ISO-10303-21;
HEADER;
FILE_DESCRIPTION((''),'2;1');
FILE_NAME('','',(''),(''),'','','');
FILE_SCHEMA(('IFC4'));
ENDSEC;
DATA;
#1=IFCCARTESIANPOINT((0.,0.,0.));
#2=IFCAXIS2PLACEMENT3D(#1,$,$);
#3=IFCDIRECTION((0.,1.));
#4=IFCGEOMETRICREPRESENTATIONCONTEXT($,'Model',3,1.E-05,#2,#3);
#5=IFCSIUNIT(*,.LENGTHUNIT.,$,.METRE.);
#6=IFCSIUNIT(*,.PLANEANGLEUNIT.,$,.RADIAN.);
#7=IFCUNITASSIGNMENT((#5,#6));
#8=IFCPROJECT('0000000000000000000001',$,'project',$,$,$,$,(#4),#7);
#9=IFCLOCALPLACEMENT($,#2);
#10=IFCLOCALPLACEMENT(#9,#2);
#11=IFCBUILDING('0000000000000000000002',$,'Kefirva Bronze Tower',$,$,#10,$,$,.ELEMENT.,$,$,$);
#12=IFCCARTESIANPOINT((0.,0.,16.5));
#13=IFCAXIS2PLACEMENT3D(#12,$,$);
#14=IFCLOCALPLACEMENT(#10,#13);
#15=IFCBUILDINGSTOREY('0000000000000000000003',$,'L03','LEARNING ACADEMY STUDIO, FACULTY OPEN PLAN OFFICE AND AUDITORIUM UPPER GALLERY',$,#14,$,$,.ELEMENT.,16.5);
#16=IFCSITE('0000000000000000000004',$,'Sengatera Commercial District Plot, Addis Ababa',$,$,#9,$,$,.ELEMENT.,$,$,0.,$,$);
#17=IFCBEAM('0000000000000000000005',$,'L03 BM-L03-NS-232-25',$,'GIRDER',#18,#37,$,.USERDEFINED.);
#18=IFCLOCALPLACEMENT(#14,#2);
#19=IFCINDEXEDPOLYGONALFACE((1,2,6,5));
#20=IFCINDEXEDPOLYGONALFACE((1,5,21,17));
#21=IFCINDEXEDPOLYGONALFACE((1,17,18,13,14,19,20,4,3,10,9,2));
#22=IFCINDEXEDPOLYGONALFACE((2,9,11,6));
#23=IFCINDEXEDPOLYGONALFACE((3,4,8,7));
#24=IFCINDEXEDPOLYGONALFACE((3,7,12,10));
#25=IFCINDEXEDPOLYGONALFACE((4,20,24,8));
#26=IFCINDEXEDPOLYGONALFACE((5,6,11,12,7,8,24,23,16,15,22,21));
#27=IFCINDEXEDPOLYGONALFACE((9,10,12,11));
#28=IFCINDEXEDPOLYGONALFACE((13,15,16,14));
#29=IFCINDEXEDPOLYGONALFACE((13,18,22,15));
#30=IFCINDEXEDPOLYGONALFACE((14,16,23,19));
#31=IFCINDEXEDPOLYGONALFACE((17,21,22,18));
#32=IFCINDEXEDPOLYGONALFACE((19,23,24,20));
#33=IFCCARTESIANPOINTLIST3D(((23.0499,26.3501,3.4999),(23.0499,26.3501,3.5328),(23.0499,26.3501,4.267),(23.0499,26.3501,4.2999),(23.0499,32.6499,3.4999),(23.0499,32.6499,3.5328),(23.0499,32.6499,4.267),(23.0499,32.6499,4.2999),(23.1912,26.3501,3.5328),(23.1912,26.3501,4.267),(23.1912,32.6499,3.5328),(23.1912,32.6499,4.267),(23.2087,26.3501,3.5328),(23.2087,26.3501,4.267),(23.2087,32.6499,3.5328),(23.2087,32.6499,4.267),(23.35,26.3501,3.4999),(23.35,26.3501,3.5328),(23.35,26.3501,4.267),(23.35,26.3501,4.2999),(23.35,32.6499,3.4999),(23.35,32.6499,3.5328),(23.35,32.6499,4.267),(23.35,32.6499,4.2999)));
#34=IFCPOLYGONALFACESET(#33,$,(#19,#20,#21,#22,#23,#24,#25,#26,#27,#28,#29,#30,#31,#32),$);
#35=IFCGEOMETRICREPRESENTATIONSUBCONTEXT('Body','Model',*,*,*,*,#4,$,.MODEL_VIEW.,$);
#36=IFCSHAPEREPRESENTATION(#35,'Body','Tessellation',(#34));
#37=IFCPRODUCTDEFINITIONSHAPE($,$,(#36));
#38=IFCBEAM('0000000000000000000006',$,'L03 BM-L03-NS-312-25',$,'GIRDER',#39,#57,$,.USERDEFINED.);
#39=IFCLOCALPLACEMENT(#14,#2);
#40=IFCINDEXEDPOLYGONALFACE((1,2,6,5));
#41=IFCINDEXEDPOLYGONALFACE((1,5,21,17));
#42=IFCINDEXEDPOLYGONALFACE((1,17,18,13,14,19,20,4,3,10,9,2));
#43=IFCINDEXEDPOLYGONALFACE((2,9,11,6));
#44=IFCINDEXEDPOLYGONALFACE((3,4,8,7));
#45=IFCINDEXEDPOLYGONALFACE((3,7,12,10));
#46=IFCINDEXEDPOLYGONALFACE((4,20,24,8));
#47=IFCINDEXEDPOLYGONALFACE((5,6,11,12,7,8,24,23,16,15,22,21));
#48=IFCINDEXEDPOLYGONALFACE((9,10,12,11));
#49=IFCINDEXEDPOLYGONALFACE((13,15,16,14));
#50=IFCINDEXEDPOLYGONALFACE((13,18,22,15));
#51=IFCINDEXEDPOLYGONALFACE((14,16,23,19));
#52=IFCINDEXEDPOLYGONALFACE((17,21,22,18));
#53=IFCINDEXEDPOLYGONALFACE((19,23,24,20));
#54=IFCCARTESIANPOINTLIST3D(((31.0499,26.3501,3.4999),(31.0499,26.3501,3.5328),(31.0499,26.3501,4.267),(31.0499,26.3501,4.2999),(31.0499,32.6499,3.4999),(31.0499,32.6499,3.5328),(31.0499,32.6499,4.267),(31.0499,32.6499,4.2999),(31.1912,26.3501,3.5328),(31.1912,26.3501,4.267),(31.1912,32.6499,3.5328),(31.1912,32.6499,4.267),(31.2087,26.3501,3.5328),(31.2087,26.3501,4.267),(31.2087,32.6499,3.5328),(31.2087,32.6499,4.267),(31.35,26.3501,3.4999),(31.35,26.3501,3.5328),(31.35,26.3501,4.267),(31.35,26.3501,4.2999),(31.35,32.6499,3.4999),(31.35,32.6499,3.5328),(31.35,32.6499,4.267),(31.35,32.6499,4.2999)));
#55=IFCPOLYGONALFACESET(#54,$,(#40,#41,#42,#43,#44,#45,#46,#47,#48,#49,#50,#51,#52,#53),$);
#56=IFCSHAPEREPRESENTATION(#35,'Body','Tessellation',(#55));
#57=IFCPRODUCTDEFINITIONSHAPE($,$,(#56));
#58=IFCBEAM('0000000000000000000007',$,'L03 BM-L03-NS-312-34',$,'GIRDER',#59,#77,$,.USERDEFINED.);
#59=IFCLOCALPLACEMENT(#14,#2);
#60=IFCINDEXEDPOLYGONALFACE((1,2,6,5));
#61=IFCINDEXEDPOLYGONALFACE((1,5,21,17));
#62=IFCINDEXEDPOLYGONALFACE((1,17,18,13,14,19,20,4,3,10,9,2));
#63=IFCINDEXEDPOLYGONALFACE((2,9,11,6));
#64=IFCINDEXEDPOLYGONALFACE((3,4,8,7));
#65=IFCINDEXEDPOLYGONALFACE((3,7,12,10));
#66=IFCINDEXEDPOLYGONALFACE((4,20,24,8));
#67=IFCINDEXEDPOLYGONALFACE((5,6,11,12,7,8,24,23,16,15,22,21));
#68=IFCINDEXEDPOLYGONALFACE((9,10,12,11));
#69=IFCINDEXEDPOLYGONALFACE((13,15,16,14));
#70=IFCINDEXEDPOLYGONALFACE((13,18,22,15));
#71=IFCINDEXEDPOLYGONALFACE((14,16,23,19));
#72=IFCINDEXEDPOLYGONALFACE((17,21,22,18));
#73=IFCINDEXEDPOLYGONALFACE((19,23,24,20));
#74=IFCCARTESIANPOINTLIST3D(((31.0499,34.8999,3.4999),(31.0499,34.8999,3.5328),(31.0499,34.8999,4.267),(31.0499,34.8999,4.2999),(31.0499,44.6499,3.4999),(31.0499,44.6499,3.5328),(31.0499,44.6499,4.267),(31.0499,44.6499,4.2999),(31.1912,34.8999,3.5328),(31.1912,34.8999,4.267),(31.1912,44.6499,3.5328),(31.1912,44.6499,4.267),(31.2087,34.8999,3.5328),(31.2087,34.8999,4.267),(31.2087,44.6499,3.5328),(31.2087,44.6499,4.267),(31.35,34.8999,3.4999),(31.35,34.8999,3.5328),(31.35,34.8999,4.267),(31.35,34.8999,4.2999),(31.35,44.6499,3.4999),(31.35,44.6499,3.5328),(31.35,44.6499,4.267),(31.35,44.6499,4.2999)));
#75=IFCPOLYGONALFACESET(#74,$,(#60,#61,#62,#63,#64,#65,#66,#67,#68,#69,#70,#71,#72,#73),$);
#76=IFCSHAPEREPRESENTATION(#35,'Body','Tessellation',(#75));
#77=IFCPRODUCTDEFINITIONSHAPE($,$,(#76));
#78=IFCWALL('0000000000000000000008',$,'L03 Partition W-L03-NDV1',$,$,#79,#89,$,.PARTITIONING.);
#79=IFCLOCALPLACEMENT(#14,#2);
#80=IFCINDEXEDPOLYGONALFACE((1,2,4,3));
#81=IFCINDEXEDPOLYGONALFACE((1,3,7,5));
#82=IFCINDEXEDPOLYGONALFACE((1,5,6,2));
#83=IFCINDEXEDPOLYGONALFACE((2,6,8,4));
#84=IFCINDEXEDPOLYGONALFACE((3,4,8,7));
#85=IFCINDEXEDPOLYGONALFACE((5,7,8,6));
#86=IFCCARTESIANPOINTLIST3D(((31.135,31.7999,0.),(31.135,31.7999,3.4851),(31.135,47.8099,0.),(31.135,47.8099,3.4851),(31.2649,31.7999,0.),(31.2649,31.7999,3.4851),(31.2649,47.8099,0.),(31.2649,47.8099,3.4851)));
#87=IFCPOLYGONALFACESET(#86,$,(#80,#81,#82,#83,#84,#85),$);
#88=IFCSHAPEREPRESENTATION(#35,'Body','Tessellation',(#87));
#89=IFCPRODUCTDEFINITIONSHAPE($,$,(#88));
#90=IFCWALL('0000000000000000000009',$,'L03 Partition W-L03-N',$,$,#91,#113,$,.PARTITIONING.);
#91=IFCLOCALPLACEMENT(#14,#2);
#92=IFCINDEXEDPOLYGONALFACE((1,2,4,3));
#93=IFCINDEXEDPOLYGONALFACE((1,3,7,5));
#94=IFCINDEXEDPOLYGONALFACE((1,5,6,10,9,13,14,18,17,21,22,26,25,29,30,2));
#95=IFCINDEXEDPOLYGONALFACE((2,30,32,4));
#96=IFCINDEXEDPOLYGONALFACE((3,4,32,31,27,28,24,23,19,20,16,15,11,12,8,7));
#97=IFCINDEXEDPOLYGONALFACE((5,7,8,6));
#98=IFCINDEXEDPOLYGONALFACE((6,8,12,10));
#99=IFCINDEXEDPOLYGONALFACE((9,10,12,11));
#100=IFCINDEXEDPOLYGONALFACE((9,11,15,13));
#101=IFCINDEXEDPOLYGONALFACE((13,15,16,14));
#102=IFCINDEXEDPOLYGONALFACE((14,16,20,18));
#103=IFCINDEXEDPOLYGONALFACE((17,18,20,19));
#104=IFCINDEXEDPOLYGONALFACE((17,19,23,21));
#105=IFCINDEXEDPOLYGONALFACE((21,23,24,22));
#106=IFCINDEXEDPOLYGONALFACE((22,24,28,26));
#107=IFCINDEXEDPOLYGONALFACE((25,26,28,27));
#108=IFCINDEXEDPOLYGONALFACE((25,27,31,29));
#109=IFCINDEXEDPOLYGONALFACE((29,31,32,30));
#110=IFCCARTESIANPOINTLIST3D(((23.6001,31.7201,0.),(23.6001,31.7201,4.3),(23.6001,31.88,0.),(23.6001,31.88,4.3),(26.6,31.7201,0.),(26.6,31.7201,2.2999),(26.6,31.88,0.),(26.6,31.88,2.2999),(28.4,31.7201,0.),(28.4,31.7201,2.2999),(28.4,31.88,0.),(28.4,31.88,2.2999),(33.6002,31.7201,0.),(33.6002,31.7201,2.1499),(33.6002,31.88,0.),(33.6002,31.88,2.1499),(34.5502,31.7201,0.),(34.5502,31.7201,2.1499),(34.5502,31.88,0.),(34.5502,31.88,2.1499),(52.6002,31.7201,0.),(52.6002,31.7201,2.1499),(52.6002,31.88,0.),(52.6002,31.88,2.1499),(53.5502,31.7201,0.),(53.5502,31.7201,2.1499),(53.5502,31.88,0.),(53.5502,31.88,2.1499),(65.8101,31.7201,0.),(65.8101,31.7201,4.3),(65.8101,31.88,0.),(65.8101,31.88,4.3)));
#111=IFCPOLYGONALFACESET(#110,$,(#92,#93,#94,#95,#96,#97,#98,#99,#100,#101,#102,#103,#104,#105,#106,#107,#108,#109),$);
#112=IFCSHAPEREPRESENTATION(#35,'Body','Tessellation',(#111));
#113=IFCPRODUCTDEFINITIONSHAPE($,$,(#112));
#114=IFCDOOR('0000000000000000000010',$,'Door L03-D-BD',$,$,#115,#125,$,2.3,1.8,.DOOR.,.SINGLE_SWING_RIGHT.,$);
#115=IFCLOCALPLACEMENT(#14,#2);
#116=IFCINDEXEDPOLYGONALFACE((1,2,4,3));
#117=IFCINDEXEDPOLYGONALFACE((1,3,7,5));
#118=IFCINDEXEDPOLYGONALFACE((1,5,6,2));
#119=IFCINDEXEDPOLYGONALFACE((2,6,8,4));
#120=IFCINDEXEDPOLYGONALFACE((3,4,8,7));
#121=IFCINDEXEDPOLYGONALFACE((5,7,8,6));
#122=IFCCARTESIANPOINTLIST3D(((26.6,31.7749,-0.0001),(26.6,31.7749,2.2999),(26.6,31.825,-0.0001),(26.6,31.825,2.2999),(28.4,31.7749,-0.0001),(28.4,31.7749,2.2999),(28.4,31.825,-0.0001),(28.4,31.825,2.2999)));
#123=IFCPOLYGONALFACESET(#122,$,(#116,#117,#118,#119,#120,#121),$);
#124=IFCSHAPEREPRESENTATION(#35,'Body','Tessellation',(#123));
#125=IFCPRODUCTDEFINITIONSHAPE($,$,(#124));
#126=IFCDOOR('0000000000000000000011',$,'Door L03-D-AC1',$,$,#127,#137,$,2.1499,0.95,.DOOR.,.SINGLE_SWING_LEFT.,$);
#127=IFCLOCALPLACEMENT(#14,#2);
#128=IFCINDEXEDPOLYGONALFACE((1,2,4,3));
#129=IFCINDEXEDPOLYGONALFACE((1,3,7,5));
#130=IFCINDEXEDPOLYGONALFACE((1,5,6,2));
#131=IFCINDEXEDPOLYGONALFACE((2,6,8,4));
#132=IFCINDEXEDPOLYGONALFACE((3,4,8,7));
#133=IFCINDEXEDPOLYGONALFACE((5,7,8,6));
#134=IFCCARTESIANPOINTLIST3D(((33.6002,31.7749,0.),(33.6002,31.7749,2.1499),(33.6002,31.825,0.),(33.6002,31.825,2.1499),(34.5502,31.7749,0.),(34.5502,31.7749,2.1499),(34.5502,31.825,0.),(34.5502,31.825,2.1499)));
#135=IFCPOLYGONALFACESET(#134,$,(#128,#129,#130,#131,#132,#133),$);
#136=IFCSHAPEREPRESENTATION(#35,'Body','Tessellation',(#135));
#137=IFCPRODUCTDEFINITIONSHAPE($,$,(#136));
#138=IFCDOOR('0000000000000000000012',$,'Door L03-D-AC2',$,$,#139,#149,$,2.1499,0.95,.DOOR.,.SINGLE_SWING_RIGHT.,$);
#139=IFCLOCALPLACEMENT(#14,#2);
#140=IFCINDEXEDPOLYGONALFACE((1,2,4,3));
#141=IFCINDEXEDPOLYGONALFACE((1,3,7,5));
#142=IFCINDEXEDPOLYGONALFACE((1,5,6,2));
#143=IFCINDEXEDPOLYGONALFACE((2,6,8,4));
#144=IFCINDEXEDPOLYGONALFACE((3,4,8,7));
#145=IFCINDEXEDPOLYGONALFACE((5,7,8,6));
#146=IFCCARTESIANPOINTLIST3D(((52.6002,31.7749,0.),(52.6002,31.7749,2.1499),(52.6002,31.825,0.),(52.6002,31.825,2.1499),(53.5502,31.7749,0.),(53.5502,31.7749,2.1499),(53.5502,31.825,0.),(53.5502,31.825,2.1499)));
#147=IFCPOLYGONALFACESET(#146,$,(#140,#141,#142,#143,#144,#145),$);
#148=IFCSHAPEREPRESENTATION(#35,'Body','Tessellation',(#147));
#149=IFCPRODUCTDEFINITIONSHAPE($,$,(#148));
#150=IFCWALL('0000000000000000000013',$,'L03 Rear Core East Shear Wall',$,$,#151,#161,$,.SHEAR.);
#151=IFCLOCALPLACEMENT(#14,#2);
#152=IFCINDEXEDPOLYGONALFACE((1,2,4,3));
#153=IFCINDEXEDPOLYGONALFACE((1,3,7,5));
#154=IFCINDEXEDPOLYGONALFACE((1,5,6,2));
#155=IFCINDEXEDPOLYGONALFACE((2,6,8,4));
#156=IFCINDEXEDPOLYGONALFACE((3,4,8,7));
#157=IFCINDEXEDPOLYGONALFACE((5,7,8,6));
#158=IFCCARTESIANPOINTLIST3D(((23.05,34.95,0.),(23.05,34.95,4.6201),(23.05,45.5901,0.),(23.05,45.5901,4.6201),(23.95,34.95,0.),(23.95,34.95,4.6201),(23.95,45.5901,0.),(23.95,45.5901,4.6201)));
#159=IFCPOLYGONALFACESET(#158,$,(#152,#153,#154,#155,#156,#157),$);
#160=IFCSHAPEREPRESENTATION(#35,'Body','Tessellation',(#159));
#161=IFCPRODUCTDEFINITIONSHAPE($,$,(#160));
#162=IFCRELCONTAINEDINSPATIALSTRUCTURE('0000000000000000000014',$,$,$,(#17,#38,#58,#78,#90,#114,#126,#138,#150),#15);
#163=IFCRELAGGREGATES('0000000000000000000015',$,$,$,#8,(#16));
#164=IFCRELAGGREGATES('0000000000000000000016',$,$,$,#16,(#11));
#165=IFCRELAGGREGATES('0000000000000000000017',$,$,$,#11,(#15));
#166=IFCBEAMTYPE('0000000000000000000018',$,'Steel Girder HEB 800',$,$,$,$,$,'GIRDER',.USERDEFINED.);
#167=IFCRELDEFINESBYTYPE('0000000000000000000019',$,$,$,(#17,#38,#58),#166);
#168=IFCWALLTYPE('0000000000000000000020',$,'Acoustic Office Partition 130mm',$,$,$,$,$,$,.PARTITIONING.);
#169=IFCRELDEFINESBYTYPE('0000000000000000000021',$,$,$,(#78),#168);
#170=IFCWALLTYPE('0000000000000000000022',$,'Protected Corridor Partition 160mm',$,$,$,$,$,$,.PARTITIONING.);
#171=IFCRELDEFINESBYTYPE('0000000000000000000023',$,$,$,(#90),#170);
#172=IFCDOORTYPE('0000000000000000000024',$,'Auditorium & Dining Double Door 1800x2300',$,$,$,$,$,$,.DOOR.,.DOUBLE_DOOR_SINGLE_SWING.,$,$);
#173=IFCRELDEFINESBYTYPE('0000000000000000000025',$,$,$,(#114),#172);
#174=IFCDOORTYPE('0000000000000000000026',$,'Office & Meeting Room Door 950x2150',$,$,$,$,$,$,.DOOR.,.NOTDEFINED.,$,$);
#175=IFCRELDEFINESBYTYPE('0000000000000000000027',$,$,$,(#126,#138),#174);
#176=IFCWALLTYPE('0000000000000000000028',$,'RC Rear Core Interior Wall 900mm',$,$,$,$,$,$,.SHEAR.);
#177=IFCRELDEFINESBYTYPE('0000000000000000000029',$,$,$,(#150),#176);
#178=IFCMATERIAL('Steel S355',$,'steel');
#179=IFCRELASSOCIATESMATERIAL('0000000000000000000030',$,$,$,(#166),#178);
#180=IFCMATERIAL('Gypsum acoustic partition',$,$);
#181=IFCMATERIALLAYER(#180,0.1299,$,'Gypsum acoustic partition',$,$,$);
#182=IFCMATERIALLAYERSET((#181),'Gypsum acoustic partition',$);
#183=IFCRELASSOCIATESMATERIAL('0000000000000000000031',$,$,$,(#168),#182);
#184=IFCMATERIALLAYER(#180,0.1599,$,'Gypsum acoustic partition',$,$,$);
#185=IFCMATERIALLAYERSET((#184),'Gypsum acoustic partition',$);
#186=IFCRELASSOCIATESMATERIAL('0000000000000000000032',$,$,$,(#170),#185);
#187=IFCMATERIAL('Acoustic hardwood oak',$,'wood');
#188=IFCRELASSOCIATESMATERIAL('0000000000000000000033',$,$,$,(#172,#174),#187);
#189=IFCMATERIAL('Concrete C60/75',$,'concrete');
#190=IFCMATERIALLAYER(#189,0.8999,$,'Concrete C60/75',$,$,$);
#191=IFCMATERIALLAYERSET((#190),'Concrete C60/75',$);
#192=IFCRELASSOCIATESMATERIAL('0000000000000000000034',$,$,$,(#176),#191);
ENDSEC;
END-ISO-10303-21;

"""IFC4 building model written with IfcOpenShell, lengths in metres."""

from ifc_helpers import new_model, si_unit, direction, frame, frame_2d, origin, origin_2d, place, context, subcontext, project, spatial, rectangle, i_section, extrude, material, layer, layer_set, material_profile, profile_set, type_object, element, fill, save


model = new_model("IFC4")

# Units and contexts
model_context = context("Model", 3, precision=1e-05, world=origin(), true_north=direction((0.0, 1.0)))
body_context = subcontext(model_context, "Body", "Model", "MODEL_VIEW")
ifc_project = project(units=[si_unit("LENGTHUNIT", "METRE"), si_unit("PLANEANGLEUNIT", "RADIAN")], contexts=[model_context])

# Site, building, storey
site_placement = place(None, origin())
site = spatial("IfcSite", under=ifc_project, at=site_placement, Name="Sengatera Commercial District Plot, Addis Ababa", CompositionType="ELEMENT", RefElevation=0.0)
building_placement = place(site_placement, origin())
building = spatial("IfcBuilding", under=site, at=building_placement, Name="Kefirva Bronze Tower", CompositionType="ELEMENT")
storey_placement = place(building_placement, frame((0.0, 0.0, 16.5)))
storey = spatial("IfcBuildingStorey", under=building, at=storey_placement, Name="L03", Description="LEARNING ACADEMY STUDIO, FACULTY OPEN PLAN OFFICE AND AUDITORIUM UPPER GALLERY", CompositionType="ELEMENT", Elevation=16.5)

# Shared definitions
ifc_material_1 = material(Name="Concrete C60/75", Category="concrete")

# Beams
ifc_material_2 = material(Name="Steel S355", Category="steel")
ifc_material_profile_1 = material_profile(ifc_material_2, i_section(OverallWidth=0.3, OverallDepth=0.8, WebThickness=0.0176, FlangeThickness=0.033, at=origin_2d()), Name="HEB 800")
ifc_profile_set_1 = profile_set([ifc_material_profile_1], Name="Steel S355")
beam_type_1 = type_object("IfcBeamType", Name="Steel Girder HEB 800", ElementType="GIRDER", PredefinedType="USERDEFINED", material=ifc_profile_set_1)
for number, where, z_axis, x_axis, name in (
    (1, (23.2, 26.3501, 3.8999), (0.0, 1.0, 0.0), (-1.0, 0.0, 0.0), "L03 BM-L03-NS-232-25"),
    (2, (31.2, 26.3501, 3.8999), (0.0, 1.0, 0.0), (-1.0, 0.0, 0.0), "L03 BM-L03-NS-312-25"),
):
    element("IfcBeam", number, at=place(storey_placement, frame(where, z_axis=z_axis, x_axis=x_axis)), inside=storey, type_object=beam_type_1, Name=name, ObjectType="GIRDER", PredefinedType="USERDEFINED", context=body_context, shape_type="SweptSolid", body=[
        extrude(i_section(OverallWidth=0.3, OverallDepth=0.8, WebThickness=0.0176, FlangeThickness=0.033, at=origin_2d()), origin(), (0.0, 0.0, 1.0), 6.2998),
    ])
beam_1_placement = place(storey_placement, frame((31.2, 34.8999, 3.8999), z_axis=(0.0, 1.0, 0.0), x_axis=(-1.0, 0.0, 0.0)))
element("IfcBeam", 3, at=beam_1_placement, inside=storey, type_object=beam_type_1, Name="L03 BM-L03-NS-312-34", ObjectType="GIRDER", PredefinedType="USERDEFINED", context=body_context, shape_type="SweptSolid", body=[
    extrude(i_section(OverallWidth=0.3, OverallDepth=0.8, WebThickness=0.0176, FlangeThickness=0.033, at=origin_2d()), origin(), (0.0, 0.0, 1.0), 9.75),
])

# Wall
ifc_material_3 = material(Name="Gypsum acoustic partition")
ifc_layer_1 = layer(ifc_material_3, 0.1299, Name="Gypsum acoustic partition")
ifc_layer_set_1 = layer_set([ifc_layer_1], Name="Gypsum acoustic partition")
wall_type_1 = type_object("IfcWallType", Name="Acoustic Office Partition 130mm", PredefinedType="PARTITIONING", material=ifc_layer_set_1)
wall_1_placement = place(storey_placement, frame((31.2, 31.8, 0.0), z_axis=(0.0, 0.0, 1.0), x_axis=(0.0, 1.0, 0.0)))
element("IfcWall", 4, at=wall_1_placement, inside=storey, type_object=wall_type_1, Name="L03 Partition W-L03-NDV1", PredefinedType="PARTITIONING", context=body_context, shape_type="SweptSolid", body=[
    extrude(rectangle(XDim=16.01, YDim=0.1299, at=frame_2d((8.0049, 0.0))), origin(), (0.0, 0.0, 1.0), 3.4851),
])

# Wall, openings, doors
ifc_layer_2 = layer(ifc_material_3, 0.1599, Name="Gypsum acoustic partition")
ifc_layer_set_2 = layer_set([ifc_layer_2], Name="Gypsum acoustic partition")
wall_type_2 = type_object("IfcWallType", Name="Protected Corridor Partition 160mm", PredefinedType="PARTITIONING", material=ifc_layer_set_2)
wall_2_placement = place(storey_placement, frame((23.6001, 31.8, 0.0), z_axis=(0.0, 0.0, 1.0), x_axis=(1.0, 0.0, 0.0)))
wall_2 = element("IfcWall", 5, at=wall_2_placement, inside=storey, type_object=wall_type_2, Name="L03 Partition W-L03-N", PredefinedType="PARTITIONING", context=body_context, shape_type="SweptSolid", body=[
    extrude(rectangle(XDim=42.21, YDim=0.1599, at=frame_2d((21.105, 0.0))), origin(), (0.0, 0.0, 1.0), 4.3),
])
opening_1_placement = place(wall_2_placement, frame((3.0, 0.0, 0.0)))
opening_1 = element("IfcOpeningElement", 6, at=opening_1_placement, cuts=wall_2, PredefinedType="OPENING", context=body_context, shape_type="SweptSolid", body=[
    extrude(rectangle(XDim=1.8, YDim=2.3, at=frame_2d((0.8999, 1.1499))), frame((0.0, 0.0898, 0.0), z_axis=(0.0, -1.0, 0.0), x_axis=(1.0, 0.0, 0.0)), (0.0, 0.0, 1.0), 0.1799),
])
opening_2_placement = place(wall_2_placement, frame((10.0, 0.0, 0.0)))
opening_2 = element("IfcOpeningElement", 7, at=opening_2_placement, cuts=wall_2, PredefinedType="OPENING", context=body_context, shape_type="SweptSolid", body=[
    extrude(rectangle(XDim=0.95, YDim=2.1499, at=frame_2d((0.4751, 1.075))), frame((0.0, 0.0898, 0.0), z_axis=(0.0, -1.0, 0.0), x_axis=(1.0, 0.0, 0.0)), (0.0, 0.0, 1.0), 0.1799),
])
opening_3_placement = place(wall_2_placement, frame((29.0, 0.0, 0.0)))
opening_3 = element("IfcOpeningElement", 8, at=opening_3_placement, cuts=wall_2, PredefinedType="OPENING", context=body_context, shape_type="SweptSolid", body=[
    extrude(rectangle(XDim=0.95, YDim=2.1499, at=frame_2d((0.4751, 1.075))), frame((0.0, 0.0898, 0.0), z_axis=(0.0, -1.0, 0.0), x_axis=(1.0, 0.0, 0.0)), (0.0, 0.0, 1.0), 0.1799),
])
ifc_material_4 = material(Name="Acoustic hardwood oak", Category="wood")
door_type_1 = type_object("IfcDoorType", Name="Auditorium & Dining Double Door 1800x2300", OperationType="DOUBLE_DOOR_SINGLE_SWING", PredefinedType="DOOR", material=ifc_material_4)
door_1_placement = place(opening_1_placement, origin())
door_1 = element("IfcDoor", 9, at=door_1_placement, inside=storey, type_object=door_type_1, Name="Door L03-D-BD", OperationType="SINGLE_SWING_RIGHT", OverallHeight=2.3, OverallWidth=1.8, PredefinedType="DOOR", context=body_context, shape_type="SweptSolid", body=[
    extrude(rectangle(XDim=1.8, YDim=2.3, at=frame_2d((0.8999, 1.1499))), frame((0.0, 0.0249, 0.0), z_axis=(0.0, -1.0, 0.0), x_axis=(1.0, 0.0, 0.0)), (0.0, 0.0, 1.0), 0.05),
])
fill(opening_1, door_1)
door_type_2 = type_object("IfcDoorType", Name="Office & Meeting Room Door 950x2150", OperationType="NOTDEFINED", PredefinedType="DOOR", material=ifc_material_4)
door_2_placement = place(opening_2_placement, origin())
door_2 = element("IfcDoor", 10, at=door_2_placement, inside=storey, type_object=door_type_2, Name="Door L03-D-AC1", OperationType="SINGLE_SWING_LEFT", OverallHeight=2.1499, OverallWidth=0.95, PredefinedType="DOOR", context=body_context, shape_type="SweptSolid", body=[
    extrude(rectangle(XDim=0.95, YDim=2.1499, at=frame_2d((0.4751, 1.075))), frame((0.0, 0.0249, 0.0), z_axis=(0.0, -1.0, 0.0), x_axis=(1.0, 0.0, 0.0)), (0.0, 0.0, 1.0), 0.05),
])
fill(opening_2, door_2)
door_3_placement = place(opening_3_placement, origin())
door_3 = element("IfcDoor", 11, at=door_3_placement, inside=storey, type_object=door_type_2, Name="Door L03-D-AC2", OperationType="SINGLE_SWING_RIGHT", OverallHeight=2.1499, OverallWidth=0.95, PredefinedType="DOOR", context=body_context, shape_type="SweptSolid", body=[
    extrude(rectangle(XDim=0.95, YDim=2.1499, at=frame_2d((0.4751, 1.075))), frame((0.0, 0.0249, 0.0), z_axis=(0.0, -1.0, 0.0), x_axis=(1.0, 0.0, 0.0)), (0.0, 0.0, 1.0), 0.05),
])
fill(opening_3, door_3)

# Wall
ifc_layer_3 = layer(ifc_material_1, 0.8999, Name="Concrete C60/75")
ifc_layer_set_3 = layer_set([ifc_layer_3], Name="Concrete C60/75")
wall_type_3 = type_object("IfcWallType", Name="RC Rear Core Interior Wall 900mm", PredefinedType="SHEAR", material=ifc_layer_set_3)
wall_3_placement = place(storey_placement, frame((23.5, 34.95, 0.0), z_axis=(0.0, 0.0, 1.0), x_axis=(0.0, 1.0, 0.0)))
element("IfcWall", 12, at=wall_3_placement, inside=storey, type_object=wall_type_3, Name="L03 Rear Core East Shear Wall", PredefinedType="SHEAR", context=body_context, shape_type="SweptSolid", body=[
    extrude(rectangle(XDim=10.6401, YDim=0.8999, at=frame_2d((5.3201, 0.0))), origin(), (0.0, 0.0, 1.0), 4.6201),
])

save(model, "model.ifc")
